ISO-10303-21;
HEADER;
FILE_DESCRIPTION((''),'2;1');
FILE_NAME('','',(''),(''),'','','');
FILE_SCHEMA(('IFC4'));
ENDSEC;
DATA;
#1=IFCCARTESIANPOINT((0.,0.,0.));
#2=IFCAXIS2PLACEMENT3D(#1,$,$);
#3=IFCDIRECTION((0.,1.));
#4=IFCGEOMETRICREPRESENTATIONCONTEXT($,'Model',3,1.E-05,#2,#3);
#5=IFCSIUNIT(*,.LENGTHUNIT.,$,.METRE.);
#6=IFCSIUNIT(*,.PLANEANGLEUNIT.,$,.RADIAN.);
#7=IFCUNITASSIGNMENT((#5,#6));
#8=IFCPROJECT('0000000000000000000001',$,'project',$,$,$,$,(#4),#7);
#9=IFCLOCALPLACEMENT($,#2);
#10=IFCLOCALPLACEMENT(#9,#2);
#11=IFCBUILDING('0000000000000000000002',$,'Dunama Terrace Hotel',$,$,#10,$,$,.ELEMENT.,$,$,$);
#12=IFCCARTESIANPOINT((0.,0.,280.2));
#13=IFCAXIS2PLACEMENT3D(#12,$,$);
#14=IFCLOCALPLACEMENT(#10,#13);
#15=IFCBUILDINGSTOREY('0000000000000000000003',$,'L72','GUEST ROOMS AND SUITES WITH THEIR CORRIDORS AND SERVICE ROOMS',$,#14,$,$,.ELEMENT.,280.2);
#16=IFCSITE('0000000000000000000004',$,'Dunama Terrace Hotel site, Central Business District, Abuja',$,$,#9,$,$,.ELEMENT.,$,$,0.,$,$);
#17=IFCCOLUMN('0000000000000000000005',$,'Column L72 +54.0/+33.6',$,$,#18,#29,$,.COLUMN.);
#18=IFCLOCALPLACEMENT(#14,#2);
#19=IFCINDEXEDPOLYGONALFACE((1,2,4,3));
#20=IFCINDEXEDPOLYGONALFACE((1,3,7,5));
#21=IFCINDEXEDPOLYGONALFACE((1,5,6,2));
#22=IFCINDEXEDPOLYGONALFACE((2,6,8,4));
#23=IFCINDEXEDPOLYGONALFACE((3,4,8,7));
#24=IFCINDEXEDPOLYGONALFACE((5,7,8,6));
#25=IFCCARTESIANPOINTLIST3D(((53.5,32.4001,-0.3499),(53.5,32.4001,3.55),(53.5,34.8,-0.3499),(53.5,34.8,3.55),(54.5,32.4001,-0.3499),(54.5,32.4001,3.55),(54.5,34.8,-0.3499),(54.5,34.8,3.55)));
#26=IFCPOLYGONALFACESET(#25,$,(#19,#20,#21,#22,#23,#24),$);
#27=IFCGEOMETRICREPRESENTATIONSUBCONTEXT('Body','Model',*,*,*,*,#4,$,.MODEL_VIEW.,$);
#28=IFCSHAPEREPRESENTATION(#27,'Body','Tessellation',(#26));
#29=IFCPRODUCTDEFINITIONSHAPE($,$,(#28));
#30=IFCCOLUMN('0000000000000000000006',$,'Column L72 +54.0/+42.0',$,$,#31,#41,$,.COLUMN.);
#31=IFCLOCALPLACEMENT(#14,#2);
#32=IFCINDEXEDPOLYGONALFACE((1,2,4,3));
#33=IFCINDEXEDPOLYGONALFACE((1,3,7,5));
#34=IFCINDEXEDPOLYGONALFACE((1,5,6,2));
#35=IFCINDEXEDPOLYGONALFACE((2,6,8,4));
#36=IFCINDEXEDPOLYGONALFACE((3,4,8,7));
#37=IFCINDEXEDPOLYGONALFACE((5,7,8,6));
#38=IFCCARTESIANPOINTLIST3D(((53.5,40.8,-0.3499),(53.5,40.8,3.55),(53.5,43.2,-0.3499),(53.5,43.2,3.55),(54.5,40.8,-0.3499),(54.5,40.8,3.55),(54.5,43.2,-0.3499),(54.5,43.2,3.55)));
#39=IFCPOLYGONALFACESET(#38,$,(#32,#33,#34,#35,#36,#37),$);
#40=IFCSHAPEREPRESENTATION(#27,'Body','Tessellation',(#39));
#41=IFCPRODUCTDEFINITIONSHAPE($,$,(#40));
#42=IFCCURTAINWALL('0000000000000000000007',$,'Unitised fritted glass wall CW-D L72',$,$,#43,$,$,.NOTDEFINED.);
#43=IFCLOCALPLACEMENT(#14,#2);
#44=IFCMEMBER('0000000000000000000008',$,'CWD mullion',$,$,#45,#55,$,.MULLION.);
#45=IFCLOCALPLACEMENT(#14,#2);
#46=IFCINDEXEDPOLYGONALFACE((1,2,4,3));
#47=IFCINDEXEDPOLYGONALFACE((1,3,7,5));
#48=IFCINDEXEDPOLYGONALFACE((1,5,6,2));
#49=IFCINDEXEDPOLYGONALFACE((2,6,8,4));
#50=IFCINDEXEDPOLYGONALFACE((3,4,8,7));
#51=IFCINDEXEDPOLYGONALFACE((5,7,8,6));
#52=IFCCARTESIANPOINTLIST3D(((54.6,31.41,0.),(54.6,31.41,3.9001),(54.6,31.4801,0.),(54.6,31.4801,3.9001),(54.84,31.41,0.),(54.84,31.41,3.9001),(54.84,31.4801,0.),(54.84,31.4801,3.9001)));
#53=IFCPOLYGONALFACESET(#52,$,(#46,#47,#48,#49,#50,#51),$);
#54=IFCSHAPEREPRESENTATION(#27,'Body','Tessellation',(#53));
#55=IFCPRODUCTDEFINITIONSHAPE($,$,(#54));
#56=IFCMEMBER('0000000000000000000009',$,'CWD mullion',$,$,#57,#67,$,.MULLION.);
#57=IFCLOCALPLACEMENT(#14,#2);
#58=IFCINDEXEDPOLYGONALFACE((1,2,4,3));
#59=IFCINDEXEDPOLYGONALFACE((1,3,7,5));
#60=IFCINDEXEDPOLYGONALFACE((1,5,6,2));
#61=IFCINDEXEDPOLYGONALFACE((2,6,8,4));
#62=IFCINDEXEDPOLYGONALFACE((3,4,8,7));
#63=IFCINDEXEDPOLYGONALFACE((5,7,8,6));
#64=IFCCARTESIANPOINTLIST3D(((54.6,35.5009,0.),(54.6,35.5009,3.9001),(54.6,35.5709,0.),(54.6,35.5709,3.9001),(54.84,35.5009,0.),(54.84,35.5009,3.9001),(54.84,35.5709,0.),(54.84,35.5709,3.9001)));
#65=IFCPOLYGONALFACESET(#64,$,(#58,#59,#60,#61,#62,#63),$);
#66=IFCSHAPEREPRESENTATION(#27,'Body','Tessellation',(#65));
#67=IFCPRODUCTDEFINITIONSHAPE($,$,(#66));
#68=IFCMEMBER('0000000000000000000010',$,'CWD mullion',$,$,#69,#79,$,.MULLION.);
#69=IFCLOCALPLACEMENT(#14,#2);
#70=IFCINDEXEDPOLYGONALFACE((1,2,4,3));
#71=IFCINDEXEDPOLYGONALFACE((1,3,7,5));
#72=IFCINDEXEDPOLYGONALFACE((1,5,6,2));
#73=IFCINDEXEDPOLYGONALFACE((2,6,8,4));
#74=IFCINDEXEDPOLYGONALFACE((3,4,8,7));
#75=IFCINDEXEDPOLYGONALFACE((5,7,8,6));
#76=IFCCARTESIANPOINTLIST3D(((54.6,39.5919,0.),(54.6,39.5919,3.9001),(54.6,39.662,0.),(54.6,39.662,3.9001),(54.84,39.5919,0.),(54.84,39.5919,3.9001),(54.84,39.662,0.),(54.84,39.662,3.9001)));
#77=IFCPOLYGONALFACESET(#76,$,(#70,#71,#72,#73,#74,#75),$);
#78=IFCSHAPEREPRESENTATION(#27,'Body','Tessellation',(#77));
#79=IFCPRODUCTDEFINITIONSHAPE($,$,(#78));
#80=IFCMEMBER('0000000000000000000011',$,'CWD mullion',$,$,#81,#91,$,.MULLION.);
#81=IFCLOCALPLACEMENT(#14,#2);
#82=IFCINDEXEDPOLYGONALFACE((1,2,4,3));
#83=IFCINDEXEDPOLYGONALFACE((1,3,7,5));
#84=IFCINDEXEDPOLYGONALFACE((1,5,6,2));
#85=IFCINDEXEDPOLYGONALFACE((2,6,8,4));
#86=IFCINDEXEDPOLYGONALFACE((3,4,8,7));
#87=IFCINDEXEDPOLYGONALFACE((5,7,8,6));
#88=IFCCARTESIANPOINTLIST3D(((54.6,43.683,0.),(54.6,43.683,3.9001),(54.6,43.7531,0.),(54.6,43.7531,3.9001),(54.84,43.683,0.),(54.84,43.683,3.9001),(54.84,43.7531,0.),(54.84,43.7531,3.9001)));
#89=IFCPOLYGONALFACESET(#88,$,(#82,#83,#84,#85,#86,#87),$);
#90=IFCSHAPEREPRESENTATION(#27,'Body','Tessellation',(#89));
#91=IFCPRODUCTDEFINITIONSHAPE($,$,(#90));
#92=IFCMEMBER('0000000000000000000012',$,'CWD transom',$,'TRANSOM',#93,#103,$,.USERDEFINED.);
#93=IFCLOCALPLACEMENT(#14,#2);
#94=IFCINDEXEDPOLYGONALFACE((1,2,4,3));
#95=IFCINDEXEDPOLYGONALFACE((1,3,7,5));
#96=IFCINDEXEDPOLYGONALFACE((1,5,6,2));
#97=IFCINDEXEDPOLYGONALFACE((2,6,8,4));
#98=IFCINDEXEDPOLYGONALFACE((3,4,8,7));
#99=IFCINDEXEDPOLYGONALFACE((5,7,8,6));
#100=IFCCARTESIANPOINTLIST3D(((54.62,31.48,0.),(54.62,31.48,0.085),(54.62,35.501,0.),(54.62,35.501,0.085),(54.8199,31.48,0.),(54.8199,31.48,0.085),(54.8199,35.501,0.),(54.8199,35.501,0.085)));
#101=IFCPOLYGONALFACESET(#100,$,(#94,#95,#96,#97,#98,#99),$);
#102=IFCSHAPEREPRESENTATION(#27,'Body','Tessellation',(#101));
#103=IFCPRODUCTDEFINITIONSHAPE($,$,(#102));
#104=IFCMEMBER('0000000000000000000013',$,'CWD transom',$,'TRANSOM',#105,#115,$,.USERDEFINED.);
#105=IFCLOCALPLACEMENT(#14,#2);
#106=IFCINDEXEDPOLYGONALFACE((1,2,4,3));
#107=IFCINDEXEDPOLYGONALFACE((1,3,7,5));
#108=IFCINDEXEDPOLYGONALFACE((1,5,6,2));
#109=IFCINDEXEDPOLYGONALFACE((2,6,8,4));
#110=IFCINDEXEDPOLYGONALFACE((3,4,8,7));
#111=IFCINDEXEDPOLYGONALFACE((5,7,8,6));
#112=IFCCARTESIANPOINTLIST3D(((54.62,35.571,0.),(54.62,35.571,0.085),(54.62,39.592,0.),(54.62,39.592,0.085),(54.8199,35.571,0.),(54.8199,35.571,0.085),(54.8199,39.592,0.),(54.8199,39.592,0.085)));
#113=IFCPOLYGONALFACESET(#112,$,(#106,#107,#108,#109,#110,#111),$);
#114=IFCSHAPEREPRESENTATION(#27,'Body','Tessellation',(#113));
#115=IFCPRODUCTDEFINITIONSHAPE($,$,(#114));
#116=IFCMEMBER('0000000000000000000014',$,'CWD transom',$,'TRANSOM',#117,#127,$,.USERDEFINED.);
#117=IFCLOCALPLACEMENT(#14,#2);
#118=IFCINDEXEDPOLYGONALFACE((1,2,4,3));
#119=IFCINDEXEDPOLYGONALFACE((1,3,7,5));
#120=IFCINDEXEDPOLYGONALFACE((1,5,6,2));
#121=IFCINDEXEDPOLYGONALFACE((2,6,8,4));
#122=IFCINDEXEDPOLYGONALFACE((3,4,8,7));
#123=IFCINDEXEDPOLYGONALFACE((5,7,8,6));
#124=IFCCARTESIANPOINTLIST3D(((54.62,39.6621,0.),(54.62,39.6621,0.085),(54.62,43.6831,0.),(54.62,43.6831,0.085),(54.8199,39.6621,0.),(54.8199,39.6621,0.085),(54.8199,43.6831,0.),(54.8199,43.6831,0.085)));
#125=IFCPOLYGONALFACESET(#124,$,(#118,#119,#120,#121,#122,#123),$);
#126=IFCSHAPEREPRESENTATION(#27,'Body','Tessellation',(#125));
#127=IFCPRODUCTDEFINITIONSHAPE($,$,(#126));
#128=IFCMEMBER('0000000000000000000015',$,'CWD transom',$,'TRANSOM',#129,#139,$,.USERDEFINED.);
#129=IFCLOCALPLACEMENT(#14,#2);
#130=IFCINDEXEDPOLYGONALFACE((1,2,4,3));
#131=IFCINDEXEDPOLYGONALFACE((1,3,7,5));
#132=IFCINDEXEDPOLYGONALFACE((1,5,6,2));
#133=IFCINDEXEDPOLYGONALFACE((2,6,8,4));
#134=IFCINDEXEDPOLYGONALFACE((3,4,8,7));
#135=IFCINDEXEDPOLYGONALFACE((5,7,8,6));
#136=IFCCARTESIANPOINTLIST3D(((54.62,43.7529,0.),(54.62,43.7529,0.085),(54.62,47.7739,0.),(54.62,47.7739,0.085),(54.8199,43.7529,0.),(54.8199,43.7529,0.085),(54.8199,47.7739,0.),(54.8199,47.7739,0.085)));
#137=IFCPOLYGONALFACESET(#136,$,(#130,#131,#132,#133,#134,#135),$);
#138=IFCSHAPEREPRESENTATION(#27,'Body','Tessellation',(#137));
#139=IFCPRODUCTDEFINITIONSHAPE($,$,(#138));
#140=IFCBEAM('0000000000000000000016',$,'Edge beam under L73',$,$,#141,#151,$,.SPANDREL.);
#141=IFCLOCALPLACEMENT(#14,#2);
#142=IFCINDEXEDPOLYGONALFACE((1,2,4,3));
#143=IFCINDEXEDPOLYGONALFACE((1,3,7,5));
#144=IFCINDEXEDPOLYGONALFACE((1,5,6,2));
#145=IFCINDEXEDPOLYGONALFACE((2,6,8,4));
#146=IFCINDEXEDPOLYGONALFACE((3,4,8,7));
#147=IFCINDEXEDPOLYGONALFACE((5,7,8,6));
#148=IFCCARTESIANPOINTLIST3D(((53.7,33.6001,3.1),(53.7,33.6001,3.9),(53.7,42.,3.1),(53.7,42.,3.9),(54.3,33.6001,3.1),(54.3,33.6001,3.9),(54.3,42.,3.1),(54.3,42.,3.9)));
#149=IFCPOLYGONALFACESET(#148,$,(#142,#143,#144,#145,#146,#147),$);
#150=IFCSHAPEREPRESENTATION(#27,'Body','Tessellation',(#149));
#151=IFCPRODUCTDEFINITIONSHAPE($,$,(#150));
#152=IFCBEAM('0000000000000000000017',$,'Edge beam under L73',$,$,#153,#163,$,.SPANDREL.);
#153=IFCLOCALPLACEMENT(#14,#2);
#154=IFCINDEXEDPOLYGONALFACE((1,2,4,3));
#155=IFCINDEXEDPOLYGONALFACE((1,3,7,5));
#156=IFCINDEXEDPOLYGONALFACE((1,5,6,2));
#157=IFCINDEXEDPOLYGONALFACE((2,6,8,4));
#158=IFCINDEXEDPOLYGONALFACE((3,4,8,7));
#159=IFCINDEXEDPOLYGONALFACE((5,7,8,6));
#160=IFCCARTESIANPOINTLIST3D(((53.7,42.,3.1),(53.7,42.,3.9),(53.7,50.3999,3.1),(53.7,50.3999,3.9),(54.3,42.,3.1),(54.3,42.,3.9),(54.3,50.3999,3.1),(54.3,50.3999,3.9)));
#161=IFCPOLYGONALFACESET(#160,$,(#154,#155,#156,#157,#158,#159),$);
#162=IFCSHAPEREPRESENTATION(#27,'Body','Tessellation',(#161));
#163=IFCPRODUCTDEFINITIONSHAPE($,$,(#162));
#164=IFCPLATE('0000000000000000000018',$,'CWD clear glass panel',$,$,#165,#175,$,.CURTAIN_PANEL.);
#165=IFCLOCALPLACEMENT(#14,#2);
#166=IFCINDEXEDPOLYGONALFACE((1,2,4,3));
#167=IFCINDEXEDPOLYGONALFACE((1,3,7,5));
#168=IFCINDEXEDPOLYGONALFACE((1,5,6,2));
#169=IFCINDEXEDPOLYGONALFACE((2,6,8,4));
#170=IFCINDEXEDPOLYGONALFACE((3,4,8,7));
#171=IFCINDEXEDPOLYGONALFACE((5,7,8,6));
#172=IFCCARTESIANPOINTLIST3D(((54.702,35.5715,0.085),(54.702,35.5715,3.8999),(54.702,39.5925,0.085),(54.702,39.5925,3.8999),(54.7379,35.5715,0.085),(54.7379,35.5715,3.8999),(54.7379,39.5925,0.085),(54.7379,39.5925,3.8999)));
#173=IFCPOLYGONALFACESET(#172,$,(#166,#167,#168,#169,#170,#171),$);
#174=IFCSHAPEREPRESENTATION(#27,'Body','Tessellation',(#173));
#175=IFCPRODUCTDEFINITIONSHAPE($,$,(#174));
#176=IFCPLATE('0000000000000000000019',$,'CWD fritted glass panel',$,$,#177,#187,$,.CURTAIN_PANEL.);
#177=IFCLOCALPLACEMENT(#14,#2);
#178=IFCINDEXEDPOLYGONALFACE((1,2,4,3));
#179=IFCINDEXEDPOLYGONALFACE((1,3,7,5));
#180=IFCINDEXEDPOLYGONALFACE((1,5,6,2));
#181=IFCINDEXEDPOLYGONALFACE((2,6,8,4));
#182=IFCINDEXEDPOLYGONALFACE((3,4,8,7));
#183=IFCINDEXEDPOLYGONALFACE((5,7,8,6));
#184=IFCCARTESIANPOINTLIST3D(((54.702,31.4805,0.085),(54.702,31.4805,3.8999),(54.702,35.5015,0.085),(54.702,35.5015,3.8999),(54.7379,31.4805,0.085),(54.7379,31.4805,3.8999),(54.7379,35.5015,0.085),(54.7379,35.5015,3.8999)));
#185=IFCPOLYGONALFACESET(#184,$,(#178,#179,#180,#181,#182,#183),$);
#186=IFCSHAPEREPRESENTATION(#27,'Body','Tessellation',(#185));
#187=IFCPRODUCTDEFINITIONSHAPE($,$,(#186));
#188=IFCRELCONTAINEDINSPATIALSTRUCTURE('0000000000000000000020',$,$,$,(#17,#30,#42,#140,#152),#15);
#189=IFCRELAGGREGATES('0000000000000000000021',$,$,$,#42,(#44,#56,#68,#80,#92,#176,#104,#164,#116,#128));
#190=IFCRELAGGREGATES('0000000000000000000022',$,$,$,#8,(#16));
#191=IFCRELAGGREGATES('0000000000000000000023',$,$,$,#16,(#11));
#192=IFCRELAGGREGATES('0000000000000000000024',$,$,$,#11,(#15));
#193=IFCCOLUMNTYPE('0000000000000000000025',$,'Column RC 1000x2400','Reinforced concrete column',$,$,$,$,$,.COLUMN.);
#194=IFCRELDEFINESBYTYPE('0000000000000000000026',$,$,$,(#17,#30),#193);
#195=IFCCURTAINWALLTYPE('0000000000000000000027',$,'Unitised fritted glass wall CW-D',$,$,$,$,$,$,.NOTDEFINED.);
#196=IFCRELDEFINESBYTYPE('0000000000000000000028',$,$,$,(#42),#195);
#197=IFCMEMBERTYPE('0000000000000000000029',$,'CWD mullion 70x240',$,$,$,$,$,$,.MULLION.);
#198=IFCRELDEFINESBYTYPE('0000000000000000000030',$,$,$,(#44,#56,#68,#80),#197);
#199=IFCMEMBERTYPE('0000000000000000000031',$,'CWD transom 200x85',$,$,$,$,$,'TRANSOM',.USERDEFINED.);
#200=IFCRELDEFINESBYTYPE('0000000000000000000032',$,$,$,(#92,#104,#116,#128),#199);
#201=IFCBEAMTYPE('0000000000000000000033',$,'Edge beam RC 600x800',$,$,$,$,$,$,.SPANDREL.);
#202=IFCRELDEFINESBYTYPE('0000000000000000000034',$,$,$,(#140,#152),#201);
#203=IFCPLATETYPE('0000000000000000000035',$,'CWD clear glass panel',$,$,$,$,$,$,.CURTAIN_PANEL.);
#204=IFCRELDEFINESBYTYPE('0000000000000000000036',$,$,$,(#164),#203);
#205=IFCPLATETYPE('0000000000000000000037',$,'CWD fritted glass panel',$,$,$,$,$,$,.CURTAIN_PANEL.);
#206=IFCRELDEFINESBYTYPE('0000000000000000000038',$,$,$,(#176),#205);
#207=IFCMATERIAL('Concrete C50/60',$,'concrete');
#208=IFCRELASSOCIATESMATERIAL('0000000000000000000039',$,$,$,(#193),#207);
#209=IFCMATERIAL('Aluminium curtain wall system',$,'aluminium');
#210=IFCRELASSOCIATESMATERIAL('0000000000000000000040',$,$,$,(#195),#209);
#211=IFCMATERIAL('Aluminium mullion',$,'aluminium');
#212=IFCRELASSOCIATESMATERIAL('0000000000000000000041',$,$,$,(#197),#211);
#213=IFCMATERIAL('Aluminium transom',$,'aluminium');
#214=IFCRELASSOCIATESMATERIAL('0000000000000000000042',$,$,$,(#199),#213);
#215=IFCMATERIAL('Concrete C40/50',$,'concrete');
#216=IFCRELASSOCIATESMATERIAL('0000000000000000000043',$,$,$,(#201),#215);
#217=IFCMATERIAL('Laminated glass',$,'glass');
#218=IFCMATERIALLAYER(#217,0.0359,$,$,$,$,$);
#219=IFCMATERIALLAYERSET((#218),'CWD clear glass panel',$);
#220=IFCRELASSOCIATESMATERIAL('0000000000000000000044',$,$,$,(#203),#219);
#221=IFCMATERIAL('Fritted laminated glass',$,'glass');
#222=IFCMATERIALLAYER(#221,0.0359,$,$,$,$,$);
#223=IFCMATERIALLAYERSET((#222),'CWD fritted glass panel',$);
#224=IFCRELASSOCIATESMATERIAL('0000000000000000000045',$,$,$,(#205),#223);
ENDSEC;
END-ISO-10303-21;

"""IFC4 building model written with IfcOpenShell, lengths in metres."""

from ifc_helpers import new_model, si_unit, direction, frame, origin, origin_2d, place, context, subcontext, project, spatial, rectangle, extrude, material, layer, layer_set, material_profile, profile_set, type_object, element, aggregate, save


model = new_model("IFC4")

# Units and contexts
model_context = context("Model", 3, precision=1e-05, world=origin(), true_north=direction((0.0, 1.0)))
body_context = subcontext(model_context, "Body", "Model", "MODEL_VIEW")
ifc_project = project(units=[si_unit("LENGTHUNIT", "METRE"), si_unit("PLANEANGLEUNIT", "RADIAN")], contexts=[model_context])

# Site, building, storey
site_placement = place(None, origin())
site = spatial("IfcSite", under=ifc_project, at=site_placement, Name="Dunama Terrace Hotel site, Central Business District, Abuja", CompositionType="ELEMENT", RefElevation=0.0)
building_placement = place(site_placement, origin())
building = spatial("IfcBuilding", under=site, at=building_placement, Name="Dunama Terrace Hotel", CompositionType="ELEMENT")
storey_placement = place(building_placement, frame((0.0, 0.0, 280.2)))
storey = spatial("IfcBuildingStorey", under=building, at=storey_placement, Name="L72", Description="GUEST ROOMS AND SUITES WITH THEIR CORRIDORS AND SERVICE ROOMS", CompositionType="ELEMENT", Elevation=280.2)

# Columns
ifc_material_1 = material(Name="Concrete C50/60", Category="concrete")
ifc_material_profile_1 = material_profile(ifc_material_1, rectangle(XDim=1.0, YDim=2.3999, at=origin_2d()), Name="RC 1000x2400")
ifc_profile_set_1 = profile_set([ifc_material_profile_1], Name="Concrete C50/60")
column_type = type_object("IfcColumnType", Name="Column RC 1000x2400", Description="Reinforced concrete column", PredefinedType="COLUMN", material=ifc_profile_set_1)
for number, where, z_axis, x_axis, name in (
    (1, (54.0, 33.6001, -0.3499), (0.0, 0.0, 1.0), (1.0, 0.0, 0.0), "Column L72 +54.0/+33.6"),
    (2, (54.0, 42.0, -0.3499), (0.0, 0.0, 1.0), (1.0, 0.0, 0.0), "Column L72 +54.0/+42.0"),
):
    element("IfcColumn", number, at=place(storey_placement, frame(where, z_axis=z_axis, x_axis=x_axis)), inside=storey, type_object=column_type, Name=name, PredefinedType="COLUMN", context=body_context, shape_type="SweptSolid", body=[
        extrude(rectangle(XDim=1.0, YDim=2.3999, at=origin_2d()), origin(), (0.0, 0.0, 1.0), 3.8999),
    ])

# Curtain wall, members
ifc_material_2 = material(Name="Aluminium curtain wall system", Category="aluminium")
curtain_wall_type = type_object("IfcCurtainWallType", Name="Unitised fritted glass wall CW-D", PredefinedType="NOTDEFINED", material=ifc_material_2)
curtain_wall_placement = place(storey_placement, origin())
curtain_wall = element("IfcCurtainWall", 3, at=curtain_wall_placement, inside=storey, type_object=curtain_wall_type, Name="Unitised fritted glass wall CW-D L72", PredefinedType="NOTDEFINED")
ifc_material_3 = material(Name="Aluminium mullion", Category="aluminium")
ifc_material_profile_2 = material_profile(ifc_material_3, rectangle(XDim=0.0701, YDim=0.24, at=origin_2d()), Name="CWD MULLION 70X240")
ifc_profile_set_2 = profile_set([ifc_material_profile_2], Name="Aluminium mullion")
member_type_1 = type_object("IfcMemberType", Name="CWD mullion 70x240", PredefinedType="MULLION", material=ifc_profile_set_2)
member_1_placement = place(storey_placement, frame((54.72, 31.4451, 0.0), z_axis=(0.0, 0.0, 1.0), x_axis=(0.0, 1.0, 0.0)))
member_1 = element("IfcMember", 4, at=member_1_placement, type_object=member_type_1, Name="CWD mullion", PredefinedType="MULLION", context=body_context, shape_type="SweptSolid", body=[
    extrude(rectangle(XDim=0.0701, YDim=0.24, at=origin_2d()), origin(), (0.0, 0.0, 1.0), 3.9001),
])
member_2_placement = place(storey_placement, frame((54.72, 35.5359, 0.0), z_axis=(0.0, 0.0, 1.0), x_axis=(0.0, 1.0, 0.0)))
member_2 = element("IfcMember", 5, at=member_2_placement, type_object=member_type_1, Name="CWD mullion", PredefinedType="MULLION", context=body_context, shape_type="SweptSolid", body=[
    extrude(rectangle(XDim=0.0701, YDim=0.24, at=origin_2d()), origin(), (0.0, 0.0, 1.0), 3.9001),
])
member_3_placement = place(storey_placement, frame((54.72, 39.627, 0.0), z_axis=(0.0, 0.0, 1.0), x_axis=(0.0, 1.0, 0.0)))
member_3 = element("IfcMember", 6, at=member_3_placement, type_object=member_type_1, Name="CWD mullion", PredefinedType="MULLION", context=body_context, shape_type="SweptSolid", body=[
    extrude(rectangle(XDim=0.0701, YDim=0.24, at=origin_2d()), origin(), (0.0, 0.0, 1.0), 3.9001),
])
member_4_placement = place(storey_placement, frame((54.72, 43.718, 0.0), z_axis=(0.0, 0.0, 1.0), x_axis=(0.0, 1.0, 0.0)))
member_4 = element("IfcMember", 7, at=member_4_placement, type_object=member_type_1, Name="CWD mullion", PredefinedType="MULLION", context=body_context, shape_type="SweptSolid", body=[
    extrude(rectangle(XDim=0.0701, YDim=0.24, at=origin_2d()), origin(), (0.0, 0.0, 1.0), 3.9001),
])
ifc_material_4 = material(Name="Aluminium transom", Category="aluminium")
ifc_material_profile_3 = material_profile(ifc_material_4, rectangle(XDim=0.2, YDim=0.085, at=origin_2d()), Name="CWD TRANSOM 200X85")
ifc_profile_set_3 = profile_set([ifc_material_profile_3], Name="Aluminium transom")
member_type_2 = type_object("IfcMemberType", Name="CWD transom 200x85", ElementType="TRANSOM", PredefinedType="USERDEFINED", material=ifc_profile_set_3)
member_5_placement = place(storey_placement, frame((54.72, 31.48, 0.0425), z_axis=(0.0, 1.0, 0.0), x_axis=(-1.0, 0.0, 0.0)))
member_5 = element("IfcMember", 8, at=member_5_placement, type_object=member_type_2, Name="CWD transom", ObjectType="TRANSOM", PredefinedType="USERDEFINED", context=body_context, shape_type="SweptSolid", body=[
    extrude(rectangle(XDim=0.2, YDim=0.085, at=origin_2d()), origin(), (0.0, 0.0, 1.0), 4.021),
])
member_6_placement = place(storey_placement, frame((54.72, 35.571, 0.0425), z_axis=(0.0, 1.0, 0.0), x_axis=(-1.0, 0.0, 0.0)))
member_6 = element("IfcMember", 9, at=member_6_placement, type_object=member_type_2, Name="CWD transom", ObjectType="TRANSOM", PredefinedType="USERDEFINED", context=body_context, shape_type="SweptSolid", body=[
    extrude(rectangle(XDim=0.2, YDim=0.085, at=origin_2d()), origin(), (0.0, 0.0, 1.0), 4.021),
])
member_7_placement = place(storey_placement, frame((54.72, 39.6621, 0.0425), z_axis=(0.0, 1.0, 0.0), x_axis=(-1.0, 0.0, 0.0)))
member_7 = element("IfcMember", 10, at=member_7_placement, type_object=member_type_2, Name="CWD transom", ObjectType="TRANSOM", PredefinedType="USERDEFINED", context=body_context, shape_type="SweptSolid", body=[
    extrude(rectangle(XDim=0.2, YDim=0.085, at=origin_2d()), origin(), (0.0, 0.0, 1.0), 4.021),
])
member_8_placement = place(storey_placement, frame((54.72, 43.7529, 0.0425), z_axis=(0.0, 1.0, 0.0), x_axis=(-1.0, 0.0, 0.0)))
member_8 = element("IfcMember", 11, at=member_8_placement, type_object=member_type_2, Name="CWD transom", ObjectType="TRANSOM", PredefinedType="USERDEFINED", context=body_context, shape_type="SweptSolid", body=[
    extrude(rectangle(XDim=0.2, YDim=0.085, at=origin_2d()), origin(), (0.0, 0.0, 1.0), 4.021),
])

# Beams
ifc_material_5 = material(Name="Concrete C40/50", Category="concrete")
ifc_material_profile_4 = material_profile(ifc_material_5, rectangle(XDim=0.6001, YDim=0.8, at=origin_2d()), Name="RC 600x800")
ifc_profile_set_4 = profile_set([ifc_material_profile_4], Name="Concrete C40/50")
beam_type = type_object("IfcBeamType", Name="Edge beam RC 600x800", PredefinedType="SPANDREL", material=ifc_profile_set_4)
for number, where, z_axis, x_axis, name in (
    (12, (54.0, 33.6001, 3.5), (0.0, 1.0, 0.0), (-1.0, 0.0, 0.0), "Edge beam under L73"),
    (13, (54.0, 42.0, 3.5), (0.0, 1.0, 0.0), (-1.0, 0.0, 0.0), "Edge beam under L73"),
):
    element("IfcBeam", number, at=place(storey_placement, frame(where, z_axis=z_axis, x_axis=x_axis)), inside=storey, type_object=beam_type, Name=name, PredefinedType="SPANDREL", context=body_context, shape_type="SweptSolid", body=[
        extrude(rectangle(XDim=0.6001, YDim=0.8, at=origin_2d()), origin(), (0.0, 0.0, 1.0), 8.3999),
    ])

# Plates
ifc_material_6 = material(Name="Laminated glass", Category="glass")
ifc_layer_1 = layer(ifc_material_6, 0.0359)
ifc_layer_set_1 = layer_set([ifc_layer_1], Name="CWD clear glass panel")
plate_type_1 = type_object("IfcPlateType", Name="CWD clear glass panel", PredefinedType="CURTAIN_PANEL", material=ifc_layer_set_1)
plate_1_placement = place(storey_placement, frame((54.72, 37.582, 0.085), z_axis=(0.0, 0.0, 1.0), x_axis=(0.0, 1.0, 0.0)))
plate_1 = element("IfcPlate", 14, at=plate_1_placement, type_object=plate_type_1, Name="CWD clear glass panel", PredefinedType="CURTAIN_PANEL", context=body_context, shape_type="SweptSolid", body=[
    extrude(rectangle(XDim=4.021, YDim=0.0359, at=origin_2d()), origin(), (0.0, 0.0, 1.0), 3.8149),
])
ifc_material_7 = material(Name="Fritted laminated glass", Category="glass")
ifc_layer_2 = layer(ifc_material_7, 0.0359)
ifc_layer_set_2 = layer_set([ifc_layer_2], Name="CWD fritted glass panel")
plate_type_2 = type_object("IfcPlateType", Name="CWD fritted glass panel", PredefinedType="CURTAIN_PANEL", material=ifc_layer_set_2)
plate_2_placement = place(storey_placement, frame((54.72, 33.491, 0.085), z_axis=(0.0, 0.0, 1.0), x_axis=(0.0, 1.0, 0.0)))
plate_2 = element("IfcPlate", 15, at=plate_2_placement, type_object=plate_type_2, Name="CWD fritted glass panel", PredefinedType="CURTAIN_PANEL", context=body_context, shape_type="SweptSolid", body=[
    extrude(rectangle(XDim=4.021, YDim=0.0359, at=origin_2d()), origin(), (0.0, 0.0, 1.0), 3.8149),
])
aggregate(curtain_wall, [member_1, member_2, member_3, member_4, member_5, plate_2, member_6, plate_1, member_7, member_8])

save(model, "model.ifc")
